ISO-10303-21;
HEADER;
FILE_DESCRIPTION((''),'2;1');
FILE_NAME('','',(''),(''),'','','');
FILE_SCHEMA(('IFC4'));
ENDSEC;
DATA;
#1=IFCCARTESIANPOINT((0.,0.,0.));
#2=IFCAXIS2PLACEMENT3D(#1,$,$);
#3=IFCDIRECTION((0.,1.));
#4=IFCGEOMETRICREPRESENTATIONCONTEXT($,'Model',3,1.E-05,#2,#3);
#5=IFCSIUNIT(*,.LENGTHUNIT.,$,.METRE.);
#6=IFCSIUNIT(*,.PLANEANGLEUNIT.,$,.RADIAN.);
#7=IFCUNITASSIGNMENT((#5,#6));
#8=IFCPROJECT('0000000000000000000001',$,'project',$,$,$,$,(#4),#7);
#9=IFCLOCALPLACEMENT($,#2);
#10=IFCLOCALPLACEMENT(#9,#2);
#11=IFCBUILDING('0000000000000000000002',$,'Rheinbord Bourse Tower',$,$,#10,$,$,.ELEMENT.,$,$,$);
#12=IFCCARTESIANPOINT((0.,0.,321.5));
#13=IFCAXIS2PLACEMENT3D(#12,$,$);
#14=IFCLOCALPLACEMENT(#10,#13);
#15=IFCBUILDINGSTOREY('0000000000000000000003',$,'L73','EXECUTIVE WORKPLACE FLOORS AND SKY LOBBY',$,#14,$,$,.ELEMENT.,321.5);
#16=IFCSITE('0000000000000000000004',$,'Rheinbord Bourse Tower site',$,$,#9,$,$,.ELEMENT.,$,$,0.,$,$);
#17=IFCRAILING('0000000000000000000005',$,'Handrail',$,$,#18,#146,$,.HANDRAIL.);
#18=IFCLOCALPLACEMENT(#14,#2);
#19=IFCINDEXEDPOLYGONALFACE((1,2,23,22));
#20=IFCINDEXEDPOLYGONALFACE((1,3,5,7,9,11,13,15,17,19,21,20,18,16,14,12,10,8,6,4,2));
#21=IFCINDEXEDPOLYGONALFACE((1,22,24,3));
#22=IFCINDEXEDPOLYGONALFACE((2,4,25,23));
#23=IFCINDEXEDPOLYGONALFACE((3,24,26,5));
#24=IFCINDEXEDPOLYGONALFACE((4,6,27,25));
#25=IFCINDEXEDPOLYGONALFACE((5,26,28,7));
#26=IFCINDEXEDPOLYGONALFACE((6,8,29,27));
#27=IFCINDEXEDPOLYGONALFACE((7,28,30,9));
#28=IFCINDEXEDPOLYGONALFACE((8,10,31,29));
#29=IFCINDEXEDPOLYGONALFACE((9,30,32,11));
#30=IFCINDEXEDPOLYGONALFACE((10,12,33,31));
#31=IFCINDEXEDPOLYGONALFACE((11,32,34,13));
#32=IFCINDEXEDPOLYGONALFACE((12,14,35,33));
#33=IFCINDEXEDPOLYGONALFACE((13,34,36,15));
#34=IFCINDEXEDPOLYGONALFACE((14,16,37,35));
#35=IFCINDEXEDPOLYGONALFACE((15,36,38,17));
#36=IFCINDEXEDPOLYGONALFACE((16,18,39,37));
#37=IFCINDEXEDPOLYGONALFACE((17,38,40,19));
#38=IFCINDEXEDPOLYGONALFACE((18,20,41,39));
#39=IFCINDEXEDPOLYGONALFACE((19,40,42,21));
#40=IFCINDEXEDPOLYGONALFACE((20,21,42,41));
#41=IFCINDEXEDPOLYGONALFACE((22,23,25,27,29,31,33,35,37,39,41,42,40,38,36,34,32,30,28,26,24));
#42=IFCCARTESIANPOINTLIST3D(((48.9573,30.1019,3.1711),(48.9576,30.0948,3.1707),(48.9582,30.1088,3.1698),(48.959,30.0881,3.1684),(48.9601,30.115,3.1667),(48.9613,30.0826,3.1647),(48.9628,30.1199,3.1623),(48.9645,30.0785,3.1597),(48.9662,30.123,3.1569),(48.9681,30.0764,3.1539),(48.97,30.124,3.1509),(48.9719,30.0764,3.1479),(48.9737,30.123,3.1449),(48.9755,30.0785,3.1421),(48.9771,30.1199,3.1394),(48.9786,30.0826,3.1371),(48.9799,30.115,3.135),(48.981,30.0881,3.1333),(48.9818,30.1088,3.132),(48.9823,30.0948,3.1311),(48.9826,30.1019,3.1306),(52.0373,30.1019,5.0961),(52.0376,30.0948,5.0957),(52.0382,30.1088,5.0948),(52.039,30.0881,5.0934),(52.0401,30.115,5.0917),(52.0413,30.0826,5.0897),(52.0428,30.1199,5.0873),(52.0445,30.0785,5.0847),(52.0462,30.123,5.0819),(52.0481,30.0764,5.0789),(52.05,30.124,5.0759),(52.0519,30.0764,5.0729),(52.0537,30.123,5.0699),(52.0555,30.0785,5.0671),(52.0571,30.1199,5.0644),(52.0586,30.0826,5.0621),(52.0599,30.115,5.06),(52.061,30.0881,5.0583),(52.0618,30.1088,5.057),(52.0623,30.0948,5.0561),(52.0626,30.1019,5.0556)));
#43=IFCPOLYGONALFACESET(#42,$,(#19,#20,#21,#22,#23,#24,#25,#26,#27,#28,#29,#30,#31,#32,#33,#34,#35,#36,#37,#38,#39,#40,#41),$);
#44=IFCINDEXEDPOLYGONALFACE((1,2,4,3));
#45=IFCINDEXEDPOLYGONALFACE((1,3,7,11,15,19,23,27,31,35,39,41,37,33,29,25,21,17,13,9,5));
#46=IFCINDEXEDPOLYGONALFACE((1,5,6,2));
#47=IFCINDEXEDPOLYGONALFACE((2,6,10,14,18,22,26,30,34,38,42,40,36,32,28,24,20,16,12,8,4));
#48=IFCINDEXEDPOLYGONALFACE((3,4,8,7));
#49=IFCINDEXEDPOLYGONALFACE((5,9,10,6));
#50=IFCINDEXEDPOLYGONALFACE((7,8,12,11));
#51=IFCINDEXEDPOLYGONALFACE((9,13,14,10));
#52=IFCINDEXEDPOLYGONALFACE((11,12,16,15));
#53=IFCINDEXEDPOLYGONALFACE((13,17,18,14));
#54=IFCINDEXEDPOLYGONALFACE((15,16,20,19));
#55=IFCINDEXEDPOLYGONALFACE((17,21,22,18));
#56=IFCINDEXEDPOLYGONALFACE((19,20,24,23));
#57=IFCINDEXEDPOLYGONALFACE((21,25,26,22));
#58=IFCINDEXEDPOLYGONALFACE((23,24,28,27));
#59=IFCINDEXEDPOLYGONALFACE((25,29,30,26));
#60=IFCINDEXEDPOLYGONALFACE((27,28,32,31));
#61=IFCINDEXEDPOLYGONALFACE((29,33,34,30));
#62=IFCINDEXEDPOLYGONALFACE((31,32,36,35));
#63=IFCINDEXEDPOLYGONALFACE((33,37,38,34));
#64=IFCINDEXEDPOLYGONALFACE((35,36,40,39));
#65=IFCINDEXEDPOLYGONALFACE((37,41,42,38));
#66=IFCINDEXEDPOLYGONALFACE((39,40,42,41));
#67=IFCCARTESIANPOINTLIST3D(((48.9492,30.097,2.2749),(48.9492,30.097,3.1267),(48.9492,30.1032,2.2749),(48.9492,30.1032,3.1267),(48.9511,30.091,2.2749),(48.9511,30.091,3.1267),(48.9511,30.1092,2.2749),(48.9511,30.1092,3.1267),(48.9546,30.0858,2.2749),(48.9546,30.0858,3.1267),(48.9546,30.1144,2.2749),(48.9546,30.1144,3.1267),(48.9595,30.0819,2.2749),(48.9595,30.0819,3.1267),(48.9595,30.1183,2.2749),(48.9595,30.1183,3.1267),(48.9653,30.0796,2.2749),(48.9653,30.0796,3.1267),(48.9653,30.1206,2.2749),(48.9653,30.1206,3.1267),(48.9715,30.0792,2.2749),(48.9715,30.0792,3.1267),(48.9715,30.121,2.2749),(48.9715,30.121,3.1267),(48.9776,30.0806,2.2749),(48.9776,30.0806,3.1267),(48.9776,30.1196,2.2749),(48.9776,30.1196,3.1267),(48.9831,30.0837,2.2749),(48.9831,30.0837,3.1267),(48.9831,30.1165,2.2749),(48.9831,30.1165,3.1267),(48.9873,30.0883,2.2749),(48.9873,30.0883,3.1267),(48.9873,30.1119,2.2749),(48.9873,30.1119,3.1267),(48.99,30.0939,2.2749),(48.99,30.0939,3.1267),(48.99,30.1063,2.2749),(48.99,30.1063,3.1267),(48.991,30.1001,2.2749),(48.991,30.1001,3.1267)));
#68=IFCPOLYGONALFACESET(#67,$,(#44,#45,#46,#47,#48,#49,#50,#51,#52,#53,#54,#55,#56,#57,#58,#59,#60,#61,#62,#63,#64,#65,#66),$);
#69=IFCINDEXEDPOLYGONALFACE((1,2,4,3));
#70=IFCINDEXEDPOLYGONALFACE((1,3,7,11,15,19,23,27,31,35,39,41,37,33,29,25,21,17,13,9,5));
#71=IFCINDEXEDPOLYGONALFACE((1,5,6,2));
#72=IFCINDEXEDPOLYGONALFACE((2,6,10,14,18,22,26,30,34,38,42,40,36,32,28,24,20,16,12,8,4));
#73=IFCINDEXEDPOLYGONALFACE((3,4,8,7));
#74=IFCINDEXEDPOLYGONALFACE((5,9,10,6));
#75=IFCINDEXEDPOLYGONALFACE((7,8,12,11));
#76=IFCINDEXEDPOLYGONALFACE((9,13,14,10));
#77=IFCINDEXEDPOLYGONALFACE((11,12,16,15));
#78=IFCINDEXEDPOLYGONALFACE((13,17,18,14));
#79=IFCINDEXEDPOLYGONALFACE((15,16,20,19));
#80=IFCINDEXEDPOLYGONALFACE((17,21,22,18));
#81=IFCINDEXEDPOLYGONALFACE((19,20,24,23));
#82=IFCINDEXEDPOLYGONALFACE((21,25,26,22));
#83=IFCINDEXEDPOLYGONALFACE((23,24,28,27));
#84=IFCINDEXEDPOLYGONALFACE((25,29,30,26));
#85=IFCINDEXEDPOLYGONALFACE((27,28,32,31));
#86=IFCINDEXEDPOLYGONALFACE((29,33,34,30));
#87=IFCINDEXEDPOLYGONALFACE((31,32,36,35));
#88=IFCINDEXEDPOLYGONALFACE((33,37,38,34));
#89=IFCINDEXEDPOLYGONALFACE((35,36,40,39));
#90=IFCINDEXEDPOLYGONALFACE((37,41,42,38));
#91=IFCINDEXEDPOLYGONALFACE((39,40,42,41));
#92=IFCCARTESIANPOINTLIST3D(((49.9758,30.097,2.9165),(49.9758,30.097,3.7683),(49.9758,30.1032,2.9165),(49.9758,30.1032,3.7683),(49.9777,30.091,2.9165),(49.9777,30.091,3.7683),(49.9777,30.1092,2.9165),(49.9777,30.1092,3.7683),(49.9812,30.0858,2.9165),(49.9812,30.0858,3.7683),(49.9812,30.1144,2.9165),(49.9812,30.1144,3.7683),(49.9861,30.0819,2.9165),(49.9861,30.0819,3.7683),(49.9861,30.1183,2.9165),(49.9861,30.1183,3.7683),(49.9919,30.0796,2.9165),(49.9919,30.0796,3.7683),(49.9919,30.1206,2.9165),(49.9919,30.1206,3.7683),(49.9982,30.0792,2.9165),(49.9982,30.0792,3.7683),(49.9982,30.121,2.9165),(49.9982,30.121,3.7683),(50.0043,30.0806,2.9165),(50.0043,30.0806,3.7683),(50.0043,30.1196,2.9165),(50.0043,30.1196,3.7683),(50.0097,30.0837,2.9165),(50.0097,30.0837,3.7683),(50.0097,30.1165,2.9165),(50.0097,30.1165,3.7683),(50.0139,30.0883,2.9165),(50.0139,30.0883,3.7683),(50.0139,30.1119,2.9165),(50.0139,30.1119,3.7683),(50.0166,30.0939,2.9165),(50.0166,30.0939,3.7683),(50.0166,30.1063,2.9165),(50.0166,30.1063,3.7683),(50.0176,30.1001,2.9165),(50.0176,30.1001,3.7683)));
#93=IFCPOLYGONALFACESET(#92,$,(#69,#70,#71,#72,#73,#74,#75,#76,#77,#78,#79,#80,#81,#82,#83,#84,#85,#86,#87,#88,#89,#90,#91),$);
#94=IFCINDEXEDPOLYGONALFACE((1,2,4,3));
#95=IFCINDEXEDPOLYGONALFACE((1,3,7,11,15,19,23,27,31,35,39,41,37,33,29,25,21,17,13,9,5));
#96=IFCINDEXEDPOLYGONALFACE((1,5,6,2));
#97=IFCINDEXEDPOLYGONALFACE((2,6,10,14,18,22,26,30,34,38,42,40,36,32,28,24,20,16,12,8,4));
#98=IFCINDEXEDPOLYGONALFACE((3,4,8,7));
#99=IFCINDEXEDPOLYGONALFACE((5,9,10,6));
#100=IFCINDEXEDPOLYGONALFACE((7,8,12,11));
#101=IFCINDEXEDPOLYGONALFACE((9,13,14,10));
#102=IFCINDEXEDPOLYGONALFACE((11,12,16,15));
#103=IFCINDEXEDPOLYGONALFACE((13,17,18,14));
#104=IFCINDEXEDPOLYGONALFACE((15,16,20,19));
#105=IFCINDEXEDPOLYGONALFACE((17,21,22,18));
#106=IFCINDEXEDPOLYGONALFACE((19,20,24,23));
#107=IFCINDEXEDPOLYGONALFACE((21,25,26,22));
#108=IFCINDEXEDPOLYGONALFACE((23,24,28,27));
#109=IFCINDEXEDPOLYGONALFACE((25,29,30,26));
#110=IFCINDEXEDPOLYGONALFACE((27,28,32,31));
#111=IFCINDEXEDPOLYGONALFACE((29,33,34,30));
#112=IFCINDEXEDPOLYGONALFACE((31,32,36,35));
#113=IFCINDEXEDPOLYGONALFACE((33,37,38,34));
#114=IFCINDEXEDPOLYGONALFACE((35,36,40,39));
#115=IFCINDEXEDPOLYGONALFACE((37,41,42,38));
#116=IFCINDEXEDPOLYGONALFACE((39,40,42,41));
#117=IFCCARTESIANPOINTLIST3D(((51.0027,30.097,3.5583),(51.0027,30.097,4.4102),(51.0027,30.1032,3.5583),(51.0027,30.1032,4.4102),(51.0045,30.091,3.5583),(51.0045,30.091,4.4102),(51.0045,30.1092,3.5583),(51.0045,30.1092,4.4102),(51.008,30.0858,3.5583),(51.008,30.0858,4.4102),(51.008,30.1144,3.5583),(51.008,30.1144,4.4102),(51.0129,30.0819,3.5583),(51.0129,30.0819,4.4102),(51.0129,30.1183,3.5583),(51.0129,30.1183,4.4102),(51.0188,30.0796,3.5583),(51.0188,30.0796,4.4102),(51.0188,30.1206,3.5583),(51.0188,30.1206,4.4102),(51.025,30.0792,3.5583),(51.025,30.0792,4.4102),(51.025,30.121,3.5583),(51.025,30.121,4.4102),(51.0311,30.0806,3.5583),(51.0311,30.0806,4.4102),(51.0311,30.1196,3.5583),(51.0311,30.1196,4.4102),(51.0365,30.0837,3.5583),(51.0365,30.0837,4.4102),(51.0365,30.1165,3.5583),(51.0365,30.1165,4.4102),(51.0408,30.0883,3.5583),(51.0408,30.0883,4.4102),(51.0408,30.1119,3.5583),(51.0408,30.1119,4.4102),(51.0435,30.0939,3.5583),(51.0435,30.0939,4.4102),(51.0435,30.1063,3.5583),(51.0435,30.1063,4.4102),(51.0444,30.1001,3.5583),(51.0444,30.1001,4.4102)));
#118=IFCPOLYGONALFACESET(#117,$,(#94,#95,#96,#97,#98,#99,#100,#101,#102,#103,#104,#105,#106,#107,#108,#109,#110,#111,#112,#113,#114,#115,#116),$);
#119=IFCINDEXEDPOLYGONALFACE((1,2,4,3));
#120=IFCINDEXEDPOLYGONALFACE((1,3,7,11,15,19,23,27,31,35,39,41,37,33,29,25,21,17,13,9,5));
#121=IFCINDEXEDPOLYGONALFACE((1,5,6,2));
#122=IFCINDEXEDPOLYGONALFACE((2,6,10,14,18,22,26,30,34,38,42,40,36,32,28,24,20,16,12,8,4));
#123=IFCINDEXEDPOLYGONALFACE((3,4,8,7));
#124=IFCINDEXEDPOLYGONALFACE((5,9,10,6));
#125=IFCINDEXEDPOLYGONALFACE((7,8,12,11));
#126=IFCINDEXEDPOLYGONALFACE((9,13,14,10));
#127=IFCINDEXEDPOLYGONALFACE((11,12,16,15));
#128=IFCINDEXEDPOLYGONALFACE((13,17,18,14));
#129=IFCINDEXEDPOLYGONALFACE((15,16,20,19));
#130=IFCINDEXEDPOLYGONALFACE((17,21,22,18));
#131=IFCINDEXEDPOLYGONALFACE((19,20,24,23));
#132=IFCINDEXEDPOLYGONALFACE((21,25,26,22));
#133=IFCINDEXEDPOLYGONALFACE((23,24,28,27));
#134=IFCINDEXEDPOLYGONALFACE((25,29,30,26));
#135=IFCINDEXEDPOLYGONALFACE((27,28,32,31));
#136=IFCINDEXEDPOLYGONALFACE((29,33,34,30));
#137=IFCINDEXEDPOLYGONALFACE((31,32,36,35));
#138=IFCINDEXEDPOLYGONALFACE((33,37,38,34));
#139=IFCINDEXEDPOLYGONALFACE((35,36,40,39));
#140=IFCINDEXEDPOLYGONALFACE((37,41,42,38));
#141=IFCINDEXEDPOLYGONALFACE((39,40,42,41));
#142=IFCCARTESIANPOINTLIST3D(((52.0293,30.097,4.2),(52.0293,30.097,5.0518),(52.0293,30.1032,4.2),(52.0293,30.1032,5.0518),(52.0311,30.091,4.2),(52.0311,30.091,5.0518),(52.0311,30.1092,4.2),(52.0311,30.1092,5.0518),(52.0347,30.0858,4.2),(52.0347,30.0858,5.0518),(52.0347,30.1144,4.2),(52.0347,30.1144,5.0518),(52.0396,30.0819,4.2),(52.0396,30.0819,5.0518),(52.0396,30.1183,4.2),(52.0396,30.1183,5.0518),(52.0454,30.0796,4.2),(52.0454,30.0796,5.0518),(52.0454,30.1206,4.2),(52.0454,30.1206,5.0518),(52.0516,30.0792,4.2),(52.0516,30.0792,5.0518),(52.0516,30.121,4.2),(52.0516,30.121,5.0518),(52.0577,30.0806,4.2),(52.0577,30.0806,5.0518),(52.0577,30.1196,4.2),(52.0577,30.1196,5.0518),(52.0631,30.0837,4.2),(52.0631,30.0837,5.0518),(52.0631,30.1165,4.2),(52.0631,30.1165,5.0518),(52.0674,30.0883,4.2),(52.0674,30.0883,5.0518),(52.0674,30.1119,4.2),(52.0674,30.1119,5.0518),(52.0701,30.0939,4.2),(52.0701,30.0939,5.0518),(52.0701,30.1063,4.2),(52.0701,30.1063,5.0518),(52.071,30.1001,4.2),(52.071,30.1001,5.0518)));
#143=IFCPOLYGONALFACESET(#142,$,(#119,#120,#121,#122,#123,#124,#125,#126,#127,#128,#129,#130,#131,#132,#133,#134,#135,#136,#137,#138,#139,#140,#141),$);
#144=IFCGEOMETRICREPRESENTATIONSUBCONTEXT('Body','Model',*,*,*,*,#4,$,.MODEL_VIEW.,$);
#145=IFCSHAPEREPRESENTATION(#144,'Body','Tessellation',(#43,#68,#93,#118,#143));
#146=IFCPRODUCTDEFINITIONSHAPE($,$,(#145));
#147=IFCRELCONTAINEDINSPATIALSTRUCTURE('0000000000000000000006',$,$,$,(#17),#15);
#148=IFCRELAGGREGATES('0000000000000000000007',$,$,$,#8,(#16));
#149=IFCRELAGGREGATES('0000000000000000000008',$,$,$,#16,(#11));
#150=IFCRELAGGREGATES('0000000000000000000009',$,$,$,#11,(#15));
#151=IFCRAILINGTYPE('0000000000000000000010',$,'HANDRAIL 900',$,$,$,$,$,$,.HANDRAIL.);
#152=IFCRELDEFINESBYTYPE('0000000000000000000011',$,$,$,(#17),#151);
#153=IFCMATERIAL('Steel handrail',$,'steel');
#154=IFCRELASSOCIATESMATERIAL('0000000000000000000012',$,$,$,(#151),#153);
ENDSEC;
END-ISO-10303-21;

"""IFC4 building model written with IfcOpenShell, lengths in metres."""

from ifc_helpers import new_model, si_unit, direction, frame, origin, origin_2d, place, context, subcontext, project, spatial, circle, extrude, material, type_object, element, save


model = new_model("IFC4")

# Units and contexts
model_context = context("Model", 3, precision=1e-05, world=origin(), true_north=direction((0.0, 1.0)))
body_context = subcontext(model_context, "Body", "Model", "MODEL_VIEW")
ifc_project = project(units=[si_unit("LENGTHUNIT", "METRE"), si_unit("PLANEANGLEUNIT", "RADIAN")], contexts=[model_context])

# Site, building, storey
site_placement = place(None, origin())
site = spatial("IfcSite", under=ifc_project, at=site_placement, Name="Rheinbord Bourse Tower site", CompositionType="ELEMENT", RefElevation=0.0)
building_placement = place(site_placement, origin())
building = spatial("IfcBuilding", under=site, at=building_placement, Name="Rheinbord Bourse Tower", CompositionType="ELEMENT")
storey_placement = place(building_placement, frame((0.0, 0.0, 321.5)))
storey = spatial("IfcBuildingStorey", under=building, at=storey_placement, Name="L73", Description="EXECUTIVE WORKPLACE FLOORS AND SKY LOBBY", CompositionType="ELEMENT", Elevation=321.5)

# Railing
ifc_material_1 = material(Name="Steel handrail", Category="steel")
railing_type = type_object("IfcRailingType", Name="HANDRAIL 900", PredefinedType="HANDRAIL", material=ifc_material_1)
railing_1_placement = place(storey_placement, frame((48.97, 30.1001, 2.2749)))
element("IfcRailing", 1, at=railing_1_placement, inside=storey, type_object=railing_type, Name="Handrail", PredefinedType="HANDRAIL", context=body_context, shape_type="SweptSolid", body=[
    extrude(circle(Radius=0.0239, at=origin_2d()), frame((0.0, 0.0, 0.876), z_axis=(0.847998, 0.0, 0.529999), x_axis=(0.0, 1.0, 0.0)), (0.0, 0.0, 1.0), 3.6321),
    extrude(circle(Radius=0.021, at=origin_2d()), origin(), (0.0, 0.0, 1.0), 0.8518),
    extrude(circle(Radius=0.021, at=origin_2d()), frame((1.0266, 0.0, 0.6416)), (0.0, 0.0, 1.0), 0.8518),
    extrude(circle(Radius=0.021, at=origin_2d()), frame((2.0535, 0.0, 1.2834)), (0.0, 0.0, 1.0), 0.8518),
    extrude(circle(Radius=0.021, at=origin_2d()), frame((3.0801, 0.0, 1.925)), (0.0, 0.0, 1.0), 0.8518),
])

save(model, "model.ifc")
